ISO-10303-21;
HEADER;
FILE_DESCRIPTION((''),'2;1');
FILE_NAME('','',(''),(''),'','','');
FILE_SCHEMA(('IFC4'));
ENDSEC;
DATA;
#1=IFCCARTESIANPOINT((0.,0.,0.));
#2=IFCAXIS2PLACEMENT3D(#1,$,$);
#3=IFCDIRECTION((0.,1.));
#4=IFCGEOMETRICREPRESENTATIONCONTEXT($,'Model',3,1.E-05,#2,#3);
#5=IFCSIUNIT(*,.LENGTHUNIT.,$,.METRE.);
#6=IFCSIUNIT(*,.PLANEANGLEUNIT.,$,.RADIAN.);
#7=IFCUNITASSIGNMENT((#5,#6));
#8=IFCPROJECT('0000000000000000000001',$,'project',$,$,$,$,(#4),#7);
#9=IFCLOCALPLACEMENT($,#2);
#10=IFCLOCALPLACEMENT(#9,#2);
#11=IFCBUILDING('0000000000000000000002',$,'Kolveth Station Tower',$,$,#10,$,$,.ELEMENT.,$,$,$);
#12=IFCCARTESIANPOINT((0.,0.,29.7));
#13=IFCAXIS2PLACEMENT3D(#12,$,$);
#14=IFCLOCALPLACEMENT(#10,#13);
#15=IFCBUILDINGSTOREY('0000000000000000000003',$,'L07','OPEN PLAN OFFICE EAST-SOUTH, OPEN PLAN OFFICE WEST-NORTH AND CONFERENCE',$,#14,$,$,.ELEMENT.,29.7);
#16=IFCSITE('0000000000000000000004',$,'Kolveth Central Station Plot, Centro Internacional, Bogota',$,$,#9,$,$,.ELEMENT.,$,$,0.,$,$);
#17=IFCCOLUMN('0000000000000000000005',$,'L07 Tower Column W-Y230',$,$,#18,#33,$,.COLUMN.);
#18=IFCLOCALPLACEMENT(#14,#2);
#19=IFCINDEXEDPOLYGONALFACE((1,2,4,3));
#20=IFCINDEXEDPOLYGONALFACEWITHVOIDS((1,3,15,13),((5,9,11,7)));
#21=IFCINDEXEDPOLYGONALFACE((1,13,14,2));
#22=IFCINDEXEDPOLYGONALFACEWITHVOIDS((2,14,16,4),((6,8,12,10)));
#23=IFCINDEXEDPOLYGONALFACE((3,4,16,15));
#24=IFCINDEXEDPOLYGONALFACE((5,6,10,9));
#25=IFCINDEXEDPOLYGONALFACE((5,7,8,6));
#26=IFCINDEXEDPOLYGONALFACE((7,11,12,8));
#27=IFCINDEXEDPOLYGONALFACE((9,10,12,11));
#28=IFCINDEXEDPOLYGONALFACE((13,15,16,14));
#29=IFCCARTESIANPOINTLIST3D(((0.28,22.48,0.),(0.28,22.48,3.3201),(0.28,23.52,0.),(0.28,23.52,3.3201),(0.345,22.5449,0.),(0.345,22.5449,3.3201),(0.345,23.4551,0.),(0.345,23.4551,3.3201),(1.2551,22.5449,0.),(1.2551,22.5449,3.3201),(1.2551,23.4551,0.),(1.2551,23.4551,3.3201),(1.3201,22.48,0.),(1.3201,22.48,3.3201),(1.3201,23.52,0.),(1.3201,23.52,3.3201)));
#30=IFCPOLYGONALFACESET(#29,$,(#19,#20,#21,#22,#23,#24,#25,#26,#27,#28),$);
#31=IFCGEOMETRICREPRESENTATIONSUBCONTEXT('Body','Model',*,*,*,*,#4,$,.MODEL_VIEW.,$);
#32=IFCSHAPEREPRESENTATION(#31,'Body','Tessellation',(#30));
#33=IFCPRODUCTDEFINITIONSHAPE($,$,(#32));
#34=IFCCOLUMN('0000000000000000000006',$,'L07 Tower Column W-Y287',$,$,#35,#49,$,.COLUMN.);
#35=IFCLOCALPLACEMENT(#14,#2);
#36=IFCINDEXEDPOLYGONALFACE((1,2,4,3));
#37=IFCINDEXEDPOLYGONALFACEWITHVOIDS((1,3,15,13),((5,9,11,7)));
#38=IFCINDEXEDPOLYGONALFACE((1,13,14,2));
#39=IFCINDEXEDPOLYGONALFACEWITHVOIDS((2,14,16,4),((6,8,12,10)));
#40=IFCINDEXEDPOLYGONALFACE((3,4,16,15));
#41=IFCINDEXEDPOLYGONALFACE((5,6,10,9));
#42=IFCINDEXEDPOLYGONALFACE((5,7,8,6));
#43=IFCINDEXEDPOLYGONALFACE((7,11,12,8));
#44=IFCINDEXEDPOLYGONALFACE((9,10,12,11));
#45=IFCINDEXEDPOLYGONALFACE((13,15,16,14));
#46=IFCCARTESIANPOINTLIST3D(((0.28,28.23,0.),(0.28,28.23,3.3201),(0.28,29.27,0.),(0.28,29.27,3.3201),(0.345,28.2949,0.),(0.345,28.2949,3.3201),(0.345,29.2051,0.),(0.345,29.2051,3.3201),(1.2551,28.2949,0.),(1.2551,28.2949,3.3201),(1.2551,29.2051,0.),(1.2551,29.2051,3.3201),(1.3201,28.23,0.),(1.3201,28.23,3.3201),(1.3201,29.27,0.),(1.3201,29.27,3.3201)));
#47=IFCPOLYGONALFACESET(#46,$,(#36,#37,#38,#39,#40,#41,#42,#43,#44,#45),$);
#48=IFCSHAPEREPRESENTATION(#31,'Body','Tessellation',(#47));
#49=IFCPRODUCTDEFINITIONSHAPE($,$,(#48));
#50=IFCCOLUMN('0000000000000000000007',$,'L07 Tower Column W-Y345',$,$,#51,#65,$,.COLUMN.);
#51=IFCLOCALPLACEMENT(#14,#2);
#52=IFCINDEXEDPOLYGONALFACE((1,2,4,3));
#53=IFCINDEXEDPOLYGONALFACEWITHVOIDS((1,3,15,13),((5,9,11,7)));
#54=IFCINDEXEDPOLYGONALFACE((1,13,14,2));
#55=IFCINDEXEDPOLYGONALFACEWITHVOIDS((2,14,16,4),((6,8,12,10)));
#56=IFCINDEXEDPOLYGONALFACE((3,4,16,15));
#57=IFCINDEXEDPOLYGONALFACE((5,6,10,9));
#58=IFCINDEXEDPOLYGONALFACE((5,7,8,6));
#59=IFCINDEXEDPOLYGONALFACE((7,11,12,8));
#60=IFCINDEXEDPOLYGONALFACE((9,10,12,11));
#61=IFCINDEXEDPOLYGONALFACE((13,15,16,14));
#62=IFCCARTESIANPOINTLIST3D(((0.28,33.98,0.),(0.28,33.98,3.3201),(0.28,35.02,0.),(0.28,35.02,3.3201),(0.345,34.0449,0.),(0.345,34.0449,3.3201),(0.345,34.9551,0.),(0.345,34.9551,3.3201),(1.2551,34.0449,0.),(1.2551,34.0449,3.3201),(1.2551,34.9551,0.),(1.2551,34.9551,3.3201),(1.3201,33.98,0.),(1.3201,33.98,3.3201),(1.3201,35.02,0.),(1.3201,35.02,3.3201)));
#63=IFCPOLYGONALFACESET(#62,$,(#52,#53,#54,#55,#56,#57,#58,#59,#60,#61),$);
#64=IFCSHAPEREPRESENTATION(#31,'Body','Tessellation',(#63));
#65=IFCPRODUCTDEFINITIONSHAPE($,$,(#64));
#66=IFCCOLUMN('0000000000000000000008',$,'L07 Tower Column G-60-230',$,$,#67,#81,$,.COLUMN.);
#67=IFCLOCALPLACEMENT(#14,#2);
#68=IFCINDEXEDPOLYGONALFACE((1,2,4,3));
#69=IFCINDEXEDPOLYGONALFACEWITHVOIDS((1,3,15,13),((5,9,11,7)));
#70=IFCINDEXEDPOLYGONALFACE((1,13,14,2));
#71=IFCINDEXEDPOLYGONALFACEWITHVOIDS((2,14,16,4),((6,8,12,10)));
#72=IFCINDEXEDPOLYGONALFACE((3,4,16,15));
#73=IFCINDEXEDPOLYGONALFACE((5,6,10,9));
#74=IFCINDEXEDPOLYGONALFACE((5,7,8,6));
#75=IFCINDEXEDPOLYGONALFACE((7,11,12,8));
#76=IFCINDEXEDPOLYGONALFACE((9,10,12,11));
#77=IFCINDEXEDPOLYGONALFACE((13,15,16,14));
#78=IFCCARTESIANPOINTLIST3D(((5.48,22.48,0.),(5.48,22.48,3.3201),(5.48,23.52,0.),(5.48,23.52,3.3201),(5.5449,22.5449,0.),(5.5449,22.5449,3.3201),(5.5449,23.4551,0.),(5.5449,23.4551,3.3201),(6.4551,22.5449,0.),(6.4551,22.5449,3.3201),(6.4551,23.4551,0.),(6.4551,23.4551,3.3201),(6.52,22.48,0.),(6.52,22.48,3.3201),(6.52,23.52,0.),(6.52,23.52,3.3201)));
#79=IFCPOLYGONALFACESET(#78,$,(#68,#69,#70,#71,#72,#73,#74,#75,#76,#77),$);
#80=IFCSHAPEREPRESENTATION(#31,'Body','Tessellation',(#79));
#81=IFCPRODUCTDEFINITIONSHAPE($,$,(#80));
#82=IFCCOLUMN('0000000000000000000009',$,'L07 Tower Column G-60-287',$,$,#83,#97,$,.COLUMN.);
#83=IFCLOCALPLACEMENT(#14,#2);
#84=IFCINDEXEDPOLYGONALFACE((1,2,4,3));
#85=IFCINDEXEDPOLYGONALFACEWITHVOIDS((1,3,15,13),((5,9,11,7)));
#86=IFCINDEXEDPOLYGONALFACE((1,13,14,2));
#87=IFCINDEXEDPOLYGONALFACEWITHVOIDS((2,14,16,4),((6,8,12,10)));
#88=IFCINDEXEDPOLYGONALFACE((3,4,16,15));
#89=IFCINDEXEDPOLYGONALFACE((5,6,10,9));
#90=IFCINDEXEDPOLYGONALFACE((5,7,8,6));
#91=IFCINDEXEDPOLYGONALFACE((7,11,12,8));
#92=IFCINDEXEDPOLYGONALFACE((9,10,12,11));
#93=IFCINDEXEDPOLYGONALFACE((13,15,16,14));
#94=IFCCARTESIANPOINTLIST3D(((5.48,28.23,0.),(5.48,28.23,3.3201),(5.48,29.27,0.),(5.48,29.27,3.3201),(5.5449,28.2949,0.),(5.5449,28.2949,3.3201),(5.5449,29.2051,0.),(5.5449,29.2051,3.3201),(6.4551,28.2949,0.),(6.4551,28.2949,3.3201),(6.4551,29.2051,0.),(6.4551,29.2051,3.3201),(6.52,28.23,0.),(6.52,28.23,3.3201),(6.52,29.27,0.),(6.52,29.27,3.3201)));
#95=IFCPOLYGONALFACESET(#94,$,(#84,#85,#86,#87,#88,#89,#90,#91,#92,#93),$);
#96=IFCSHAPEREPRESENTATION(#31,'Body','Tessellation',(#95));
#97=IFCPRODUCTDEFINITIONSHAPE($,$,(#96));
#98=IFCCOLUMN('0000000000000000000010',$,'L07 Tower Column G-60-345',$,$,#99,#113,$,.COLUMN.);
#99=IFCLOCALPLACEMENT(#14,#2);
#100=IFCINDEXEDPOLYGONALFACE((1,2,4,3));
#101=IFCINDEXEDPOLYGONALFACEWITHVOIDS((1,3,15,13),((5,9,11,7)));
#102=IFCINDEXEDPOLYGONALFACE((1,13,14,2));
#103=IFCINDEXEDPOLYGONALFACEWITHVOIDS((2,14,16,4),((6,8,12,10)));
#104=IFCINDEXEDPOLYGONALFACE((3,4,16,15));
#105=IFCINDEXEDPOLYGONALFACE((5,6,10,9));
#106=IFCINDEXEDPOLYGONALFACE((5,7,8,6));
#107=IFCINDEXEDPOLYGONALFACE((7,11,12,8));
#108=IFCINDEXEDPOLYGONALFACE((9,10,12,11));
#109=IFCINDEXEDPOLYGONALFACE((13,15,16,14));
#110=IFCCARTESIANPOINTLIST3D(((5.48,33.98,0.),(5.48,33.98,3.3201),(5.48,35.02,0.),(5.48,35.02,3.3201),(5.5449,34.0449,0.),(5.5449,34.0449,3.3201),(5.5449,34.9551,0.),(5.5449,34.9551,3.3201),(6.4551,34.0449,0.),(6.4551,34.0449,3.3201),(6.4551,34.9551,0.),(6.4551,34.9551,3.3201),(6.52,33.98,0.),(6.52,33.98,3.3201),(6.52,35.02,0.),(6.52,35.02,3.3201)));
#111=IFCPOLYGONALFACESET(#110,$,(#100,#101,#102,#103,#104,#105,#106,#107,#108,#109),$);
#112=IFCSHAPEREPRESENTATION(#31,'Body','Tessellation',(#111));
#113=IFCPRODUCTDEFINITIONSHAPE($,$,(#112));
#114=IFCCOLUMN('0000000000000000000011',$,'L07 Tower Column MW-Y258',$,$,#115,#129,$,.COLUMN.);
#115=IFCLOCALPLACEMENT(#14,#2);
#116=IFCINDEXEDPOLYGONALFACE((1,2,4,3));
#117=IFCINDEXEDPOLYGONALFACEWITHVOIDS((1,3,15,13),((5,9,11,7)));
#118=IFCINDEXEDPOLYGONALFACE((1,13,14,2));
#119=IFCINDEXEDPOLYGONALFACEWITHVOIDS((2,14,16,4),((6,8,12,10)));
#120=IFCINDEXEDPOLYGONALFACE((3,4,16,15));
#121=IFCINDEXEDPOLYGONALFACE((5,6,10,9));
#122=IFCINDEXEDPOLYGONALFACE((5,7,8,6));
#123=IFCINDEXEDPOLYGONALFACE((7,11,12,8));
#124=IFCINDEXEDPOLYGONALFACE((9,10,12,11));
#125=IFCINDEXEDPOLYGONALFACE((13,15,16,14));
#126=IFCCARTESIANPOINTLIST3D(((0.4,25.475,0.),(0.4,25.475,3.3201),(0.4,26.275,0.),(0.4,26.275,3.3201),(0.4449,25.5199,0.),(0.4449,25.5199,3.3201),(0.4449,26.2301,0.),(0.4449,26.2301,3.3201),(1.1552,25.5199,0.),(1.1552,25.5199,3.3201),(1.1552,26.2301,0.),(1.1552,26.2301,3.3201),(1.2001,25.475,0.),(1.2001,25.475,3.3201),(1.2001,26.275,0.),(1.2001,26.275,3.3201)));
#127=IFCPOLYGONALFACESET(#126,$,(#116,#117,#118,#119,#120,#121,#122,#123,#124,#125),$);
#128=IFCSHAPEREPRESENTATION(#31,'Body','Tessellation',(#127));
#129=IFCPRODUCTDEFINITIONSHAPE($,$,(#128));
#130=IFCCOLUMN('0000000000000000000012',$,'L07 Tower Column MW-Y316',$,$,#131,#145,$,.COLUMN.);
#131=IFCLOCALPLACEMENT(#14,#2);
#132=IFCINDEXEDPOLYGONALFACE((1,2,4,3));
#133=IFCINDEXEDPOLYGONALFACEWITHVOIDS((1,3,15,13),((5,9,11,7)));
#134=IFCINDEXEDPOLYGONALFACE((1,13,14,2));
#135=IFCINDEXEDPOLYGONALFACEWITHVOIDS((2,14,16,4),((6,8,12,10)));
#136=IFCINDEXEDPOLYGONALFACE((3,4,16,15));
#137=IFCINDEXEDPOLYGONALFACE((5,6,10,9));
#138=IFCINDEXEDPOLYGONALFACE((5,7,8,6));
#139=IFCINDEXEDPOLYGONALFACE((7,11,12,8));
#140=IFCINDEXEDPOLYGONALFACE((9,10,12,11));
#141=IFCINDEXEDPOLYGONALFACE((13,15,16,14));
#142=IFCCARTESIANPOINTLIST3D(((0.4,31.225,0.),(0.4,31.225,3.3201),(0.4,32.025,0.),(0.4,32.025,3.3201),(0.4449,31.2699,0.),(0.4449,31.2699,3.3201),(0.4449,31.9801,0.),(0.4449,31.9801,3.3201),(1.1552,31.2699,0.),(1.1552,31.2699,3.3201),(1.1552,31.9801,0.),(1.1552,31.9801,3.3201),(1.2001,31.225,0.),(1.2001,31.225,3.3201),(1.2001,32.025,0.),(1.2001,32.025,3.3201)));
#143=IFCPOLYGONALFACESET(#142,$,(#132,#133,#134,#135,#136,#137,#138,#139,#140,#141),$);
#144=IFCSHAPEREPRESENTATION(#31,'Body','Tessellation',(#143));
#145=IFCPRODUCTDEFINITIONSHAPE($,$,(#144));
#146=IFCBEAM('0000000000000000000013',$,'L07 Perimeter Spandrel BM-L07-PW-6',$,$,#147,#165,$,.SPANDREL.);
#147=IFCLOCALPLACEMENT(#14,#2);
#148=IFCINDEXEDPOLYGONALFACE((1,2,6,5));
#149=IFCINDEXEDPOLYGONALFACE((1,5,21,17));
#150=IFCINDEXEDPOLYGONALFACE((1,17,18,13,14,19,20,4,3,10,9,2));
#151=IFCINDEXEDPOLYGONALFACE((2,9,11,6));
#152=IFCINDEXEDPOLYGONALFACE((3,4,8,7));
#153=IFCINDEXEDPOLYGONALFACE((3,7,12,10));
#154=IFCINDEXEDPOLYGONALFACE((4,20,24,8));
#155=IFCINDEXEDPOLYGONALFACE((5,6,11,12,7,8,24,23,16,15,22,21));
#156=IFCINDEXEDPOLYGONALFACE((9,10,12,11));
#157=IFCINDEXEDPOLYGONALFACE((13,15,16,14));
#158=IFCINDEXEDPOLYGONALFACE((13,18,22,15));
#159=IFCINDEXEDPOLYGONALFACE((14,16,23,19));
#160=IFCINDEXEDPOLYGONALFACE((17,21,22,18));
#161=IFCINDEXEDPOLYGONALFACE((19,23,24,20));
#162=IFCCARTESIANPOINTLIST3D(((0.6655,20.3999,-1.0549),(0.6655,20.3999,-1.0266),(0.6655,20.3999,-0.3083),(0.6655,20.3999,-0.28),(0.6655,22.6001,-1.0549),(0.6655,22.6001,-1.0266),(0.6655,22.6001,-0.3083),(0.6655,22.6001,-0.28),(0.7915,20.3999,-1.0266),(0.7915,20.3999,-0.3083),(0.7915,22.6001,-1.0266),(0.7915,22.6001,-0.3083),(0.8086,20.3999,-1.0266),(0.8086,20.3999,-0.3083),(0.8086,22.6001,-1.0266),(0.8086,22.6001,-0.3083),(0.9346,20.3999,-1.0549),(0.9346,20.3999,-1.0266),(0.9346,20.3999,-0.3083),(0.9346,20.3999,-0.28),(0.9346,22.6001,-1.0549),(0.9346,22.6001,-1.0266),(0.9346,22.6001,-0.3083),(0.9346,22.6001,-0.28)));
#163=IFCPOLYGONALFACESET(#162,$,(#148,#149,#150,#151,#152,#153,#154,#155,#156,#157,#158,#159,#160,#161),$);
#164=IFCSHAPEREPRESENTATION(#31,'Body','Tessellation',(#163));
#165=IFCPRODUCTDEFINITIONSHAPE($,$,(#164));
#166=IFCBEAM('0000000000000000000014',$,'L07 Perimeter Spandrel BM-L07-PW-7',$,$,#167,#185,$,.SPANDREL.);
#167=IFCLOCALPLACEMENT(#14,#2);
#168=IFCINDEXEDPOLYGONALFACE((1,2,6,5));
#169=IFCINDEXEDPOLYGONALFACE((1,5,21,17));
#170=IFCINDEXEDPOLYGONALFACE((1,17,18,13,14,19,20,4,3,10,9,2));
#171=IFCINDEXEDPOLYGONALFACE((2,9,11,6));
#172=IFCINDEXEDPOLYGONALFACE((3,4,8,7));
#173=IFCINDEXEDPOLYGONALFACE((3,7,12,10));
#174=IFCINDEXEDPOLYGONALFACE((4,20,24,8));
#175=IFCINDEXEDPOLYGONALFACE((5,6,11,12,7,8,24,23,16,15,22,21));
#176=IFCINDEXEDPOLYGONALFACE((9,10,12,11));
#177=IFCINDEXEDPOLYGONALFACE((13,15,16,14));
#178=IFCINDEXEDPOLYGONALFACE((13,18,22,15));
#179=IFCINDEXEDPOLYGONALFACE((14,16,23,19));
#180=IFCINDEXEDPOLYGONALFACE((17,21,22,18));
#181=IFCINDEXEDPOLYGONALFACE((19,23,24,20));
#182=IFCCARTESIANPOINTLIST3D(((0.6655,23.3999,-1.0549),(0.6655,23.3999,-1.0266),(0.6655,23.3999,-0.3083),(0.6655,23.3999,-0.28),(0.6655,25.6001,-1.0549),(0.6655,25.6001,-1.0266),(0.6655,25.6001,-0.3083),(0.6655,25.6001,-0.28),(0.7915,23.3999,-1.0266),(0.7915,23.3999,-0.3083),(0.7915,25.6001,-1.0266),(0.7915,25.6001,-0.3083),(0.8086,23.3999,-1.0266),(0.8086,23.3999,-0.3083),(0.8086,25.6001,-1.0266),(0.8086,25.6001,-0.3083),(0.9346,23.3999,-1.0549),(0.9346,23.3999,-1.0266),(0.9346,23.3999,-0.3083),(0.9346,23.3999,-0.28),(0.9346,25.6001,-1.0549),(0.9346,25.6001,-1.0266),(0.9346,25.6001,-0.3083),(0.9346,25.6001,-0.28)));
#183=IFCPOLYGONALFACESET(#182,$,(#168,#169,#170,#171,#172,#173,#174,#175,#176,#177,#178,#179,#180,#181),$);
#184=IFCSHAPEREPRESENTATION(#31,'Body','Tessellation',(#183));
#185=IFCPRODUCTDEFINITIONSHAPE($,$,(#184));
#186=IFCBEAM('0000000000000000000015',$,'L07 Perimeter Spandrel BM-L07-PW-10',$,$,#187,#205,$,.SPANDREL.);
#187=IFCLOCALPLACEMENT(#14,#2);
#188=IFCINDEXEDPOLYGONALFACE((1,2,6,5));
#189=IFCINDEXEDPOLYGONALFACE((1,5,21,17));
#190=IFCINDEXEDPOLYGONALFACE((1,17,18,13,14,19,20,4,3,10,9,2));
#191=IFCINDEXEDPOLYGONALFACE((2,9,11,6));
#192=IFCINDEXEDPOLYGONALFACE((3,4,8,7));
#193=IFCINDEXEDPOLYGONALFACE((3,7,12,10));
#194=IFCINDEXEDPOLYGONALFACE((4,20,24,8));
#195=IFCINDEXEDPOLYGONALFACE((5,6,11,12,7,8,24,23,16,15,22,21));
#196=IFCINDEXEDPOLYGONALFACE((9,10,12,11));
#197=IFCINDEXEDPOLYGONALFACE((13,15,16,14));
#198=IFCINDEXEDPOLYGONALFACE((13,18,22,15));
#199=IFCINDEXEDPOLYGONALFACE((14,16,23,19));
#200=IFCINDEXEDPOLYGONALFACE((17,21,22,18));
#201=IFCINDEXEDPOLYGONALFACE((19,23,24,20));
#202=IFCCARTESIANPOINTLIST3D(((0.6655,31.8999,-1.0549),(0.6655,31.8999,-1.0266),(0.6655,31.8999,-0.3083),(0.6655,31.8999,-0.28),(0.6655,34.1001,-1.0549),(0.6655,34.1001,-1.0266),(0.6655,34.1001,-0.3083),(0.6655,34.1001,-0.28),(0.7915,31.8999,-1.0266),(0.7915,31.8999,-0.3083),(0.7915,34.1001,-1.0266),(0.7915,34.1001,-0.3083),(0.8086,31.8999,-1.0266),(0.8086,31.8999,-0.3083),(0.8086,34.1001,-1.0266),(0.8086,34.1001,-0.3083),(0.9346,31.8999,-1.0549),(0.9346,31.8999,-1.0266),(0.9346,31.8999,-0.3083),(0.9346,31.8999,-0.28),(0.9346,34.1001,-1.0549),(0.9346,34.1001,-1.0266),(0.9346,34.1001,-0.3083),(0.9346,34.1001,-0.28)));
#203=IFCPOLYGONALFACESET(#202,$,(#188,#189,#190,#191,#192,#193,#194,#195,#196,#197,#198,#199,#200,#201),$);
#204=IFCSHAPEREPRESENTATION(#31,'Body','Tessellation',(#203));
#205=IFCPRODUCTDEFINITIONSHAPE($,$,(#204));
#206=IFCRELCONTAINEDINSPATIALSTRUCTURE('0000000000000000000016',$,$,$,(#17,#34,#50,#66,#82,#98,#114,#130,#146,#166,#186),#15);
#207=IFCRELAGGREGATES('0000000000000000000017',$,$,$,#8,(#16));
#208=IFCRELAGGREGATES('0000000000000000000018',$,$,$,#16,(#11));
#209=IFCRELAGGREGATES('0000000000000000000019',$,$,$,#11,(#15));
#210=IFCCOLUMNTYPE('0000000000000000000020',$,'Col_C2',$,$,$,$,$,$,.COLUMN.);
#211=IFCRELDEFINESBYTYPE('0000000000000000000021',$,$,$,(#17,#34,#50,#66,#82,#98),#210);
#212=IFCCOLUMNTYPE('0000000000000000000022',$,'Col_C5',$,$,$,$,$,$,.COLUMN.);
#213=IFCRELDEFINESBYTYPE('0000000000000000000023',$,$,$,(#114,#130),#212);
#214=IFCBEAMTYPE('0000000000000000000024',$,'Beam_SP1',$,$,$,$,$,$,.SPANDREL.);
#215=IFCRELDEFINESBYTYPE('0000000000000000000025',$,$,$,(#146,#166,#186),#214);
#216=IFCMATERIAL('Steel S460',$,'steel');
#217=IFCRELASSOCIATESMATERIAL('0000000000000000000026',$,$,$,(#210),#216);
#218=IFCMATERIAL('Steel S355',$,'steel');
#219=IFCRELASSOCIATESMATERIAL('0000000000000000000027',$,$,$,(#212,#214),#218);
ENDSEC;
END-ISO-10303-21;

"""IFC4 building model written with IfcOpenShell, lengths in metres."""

from ifc_helpers import new_model, si_unit, direction, frame, origin, origin_2d, place, context, subcontext, project, spatial, hollow_rectangle, i_section, extrude, source, transform, mapped, material, material_profile, profile_set, type_object, element, save


model = new_model("IFC4")

# Units and contexts
model_context = context("Model", 3, precision=1e-05, world=origin(), true_north=direction((0.0, 1.0)))
body_context = subcontext(model_context, "Body", "Model", "MODEL_VIEW")
ifc_project = project(units=[si_unit("LENGTHUNIT", "METRE"), si_unit("PLANEANGLEUNIT", "RADIAN")], contexts=[model_context])

# Site, building, storey
site_placement = place(None, origin())
site = spatial("IfcSite", under=ifc_project, at=site_placement, Name="Kolveth Central Station Plot, Centro Internacional, Bogota", CompositionType="ELEMENT", RefElevation=0.0)
building_placement = place(site_placement, origin())
building = spatial("IfcBuilding", under=site, at=building_placement, Name="Kolveth Station Tower", CompositionType="ELEMENT")
storey_placement = place(building_placement, frame((0.0, 0.0, 29.7)))
storey = spatial("IfcBuildingStorey", under=building, at=storey_placement, Name="L07", Description="OPEN PLAN OFFICE EAST-SOUTH, OPEN PLAN OFFICE WEST-NORTH AND CONFERENCE", CompositionType="ELEMENT", Elevation=29.7)

# Columns
ifc_material_1 = material(Name="Steel S460", Category="steel")
ifc_material_profile_1 = material_profile(ifc_material_1, hollow_rectangle(XDim=1.04, YDim=1.04, WallThickness=0.0649, at=origin_2d()), Name="BOX1040x1040x65")
ifc_profile_set_1 = profile_set([ifc_material_profile_1], Name="Steel S460")
column_type_1 = type_object("IfcColumnType", Name="Col_C2", PredefinedType="COLUMN", material=ifc_profile_set_1)
shared_shape_1 = source(origin(), body_context, "Body", "SweptSolid", [
    extrude(hollow_rectangle(XDim=1.04, YDim=1.04, WallThickness=0.0649, at=origin_2d()), origin(), (0.0, 0.0, 1.0), 3.3201),
])
for number, where, z_axis, x_axis, name in (
    (1, (0.8, 23.0, 0.0), (0.0, 0.0, 1.0), (1.0, 0.0, 0.0), "L07 Tower Column W-Y230"),
    (2, (0.8, 28.75, 0.0), (0.0, 0.0, 1.0), (1.0, 0.0, 0.0), "L07 Tower Column W-Y287"),
    (3, (0.8, 34.5, 0.0), (0.0, 0.0, 1.0), (1.0, 0.0, 0.0), "L07 Tower Column W-Y345"),
    (4, (6.0, 23.0, 0.0), (0.0, 0.0, 1.0), (1.0, 0.0, 0.0), "L07 Tower Column G-60-230"),
    (5, (6.0, 28.75, 0.0), (0.0, 0.0, 1.0), (1.0, 0.0, 0.0), "L07 Tower Column G-60-287"),
    (6, (6.0, 34.5, 0.0), (0.0, 0.0, 1.0), (1.0, 0.0, 0.0), "L07 Tower Column G-60-345"),
):
    element("IfcColumn", number, at=place(storey_placement, frame(where, z_axis=z_axis, x_axis=x_axis)), inside=storey, type_object=column_type_1, Name=name, PredefinedType="COLUMN", context=body_context, shape_type="MappedRepresentation", body=[
        mapped(shared_shape_1, transform((0.0, 0.0, 0.0), x_axis=(1.0, 0.0, 0.0), y_axis=(0.0, 1.0, 0.0), z_axis=(0.0, 0.0, 1.0), scale=1.0)),
    ])
ifc_material_2 = material(Name="Steel S355", Category="steel")
ifc_material_profile_2 = material_profile(ifc_material_2, hollow_rectangle(XDim=0.8, YDim=0.8, WallThickness=0.0449, at=origin_2d()), Name="BOX800x800x45")
ifc_profile_set_2 = profile_set([ifc_material_profile_2], Name="Steel S355")
column_type_2 = type_object("IfcColumnType", Name="Col_C5", PredefinedType="COLUMN", material=ifc_profile_set_2)
shared_shape_2 = source(origin(), body_context, "Body", "SweptSolid", [
    extrude(hollow_rectangle(XDim=0.8, YDim=0.8, WallThickness=0.0449, at=origin_2d()), origin(), (0.0, 0.0, 1.0), 3.3201),
])
for number, where, z_axis, x_axis, name in (
    (7, (0.8, 25.875, 0.0), (0.0, 0.0, 1.0), (1.0, 0.0, 0.0), "L07 Tower Column MW-Y258"),
    (8, (0.8, 31.625, 0.0), (0.0, 0.0, 1.0), (1.0, 0.0, 0.0), "L07 Tower Column MW-Y316"),
):
    element("IfcColumn", number, at=place(storey_placement, frame(where, z_axis=z_axis, x_axis=x_axis)), inside=storey, type_object=column_type_2, Name=name, PredefinedType="COLUMN", context=body_context, shape_type="MappedRepresentation", body=[
        mapped(shared_shape_2, transform((0.0, 0.0, 0.0), x_axis=(1.0, 0.0, 0.0), y_axis=(0.0, 1.0, 0.0), z_axis=(0.0, 0.0, 1.0), scale=1.0)),
    ])

# Beams
ifc_material_profile_3 = material_profile(ifc_material_2, i_section(OverallWidth=0.269, OverallDepth=0.7749, WebThickness=0.0171, FlangeThickness=0.0283, at=origin_2d()), Name="W760x220")
ifc_profile_set_3 = profile_set([ifc_material_profile_3], Name="Steel S355")
beam_type_1 = type_object("IfcBeamType", Name="Beam_SP1", PredefinedType="SPANDREL", material=ifc_profile_set_3)
shared_shape_3 = source(origin(), body_context, "Body", "SweptSolid", [
    extrude(i_section(OverallWidth=0.269, OverallDepth=0.7749, WebThickness=0.0171, FlangeThickness=0.0283, at=origin_2d()), origin(), (0.0, 0.0, 1.0), 2.2002),
])
for number, where, z_axis, x_axis, name in (
    (9, (0.8, 20.3999, -0.6675), (0.0, 1.0, 0.0), (-1.0, 0.0, 0.0), "L07 Perimeter Spandrel BM-L07-PW-6"),
    (10, (0.8, 23.3999, -0.6675), (0.0, 1.0, 0.0), (-1.0, 0.0, 0.0), "L07 Perimeter Spandrel BM-L07-PW-7"),
    (11, (0.8, 31.8999, -0.6675), (0.0, 1.0, 0.0), (-1.0, 0.0, 0.0), "L07 Perimeter Spandrel BM-L07-PW-10"),
):
    element("IfcBeam", number, at=place(storey_placement, frame(where, z_axis=z_axis, x_axis=x_axis)), inside=storey, type_object=beam_type_1, Name=name, PredefinedType="SPANDREL", context=body_context, shape_type="MappedRepresentation", body=[
        mapped(shared_shape_3, transform((0.0, 0.0, 0.0), x_axis=(1.0, 0.0, 0.0), y_axis=(0.0, 1.0, 0.0), z_axis=(0.0, 0.0, 1.0), scale=1.0)),
    ])

save(model, "model.ifc")
